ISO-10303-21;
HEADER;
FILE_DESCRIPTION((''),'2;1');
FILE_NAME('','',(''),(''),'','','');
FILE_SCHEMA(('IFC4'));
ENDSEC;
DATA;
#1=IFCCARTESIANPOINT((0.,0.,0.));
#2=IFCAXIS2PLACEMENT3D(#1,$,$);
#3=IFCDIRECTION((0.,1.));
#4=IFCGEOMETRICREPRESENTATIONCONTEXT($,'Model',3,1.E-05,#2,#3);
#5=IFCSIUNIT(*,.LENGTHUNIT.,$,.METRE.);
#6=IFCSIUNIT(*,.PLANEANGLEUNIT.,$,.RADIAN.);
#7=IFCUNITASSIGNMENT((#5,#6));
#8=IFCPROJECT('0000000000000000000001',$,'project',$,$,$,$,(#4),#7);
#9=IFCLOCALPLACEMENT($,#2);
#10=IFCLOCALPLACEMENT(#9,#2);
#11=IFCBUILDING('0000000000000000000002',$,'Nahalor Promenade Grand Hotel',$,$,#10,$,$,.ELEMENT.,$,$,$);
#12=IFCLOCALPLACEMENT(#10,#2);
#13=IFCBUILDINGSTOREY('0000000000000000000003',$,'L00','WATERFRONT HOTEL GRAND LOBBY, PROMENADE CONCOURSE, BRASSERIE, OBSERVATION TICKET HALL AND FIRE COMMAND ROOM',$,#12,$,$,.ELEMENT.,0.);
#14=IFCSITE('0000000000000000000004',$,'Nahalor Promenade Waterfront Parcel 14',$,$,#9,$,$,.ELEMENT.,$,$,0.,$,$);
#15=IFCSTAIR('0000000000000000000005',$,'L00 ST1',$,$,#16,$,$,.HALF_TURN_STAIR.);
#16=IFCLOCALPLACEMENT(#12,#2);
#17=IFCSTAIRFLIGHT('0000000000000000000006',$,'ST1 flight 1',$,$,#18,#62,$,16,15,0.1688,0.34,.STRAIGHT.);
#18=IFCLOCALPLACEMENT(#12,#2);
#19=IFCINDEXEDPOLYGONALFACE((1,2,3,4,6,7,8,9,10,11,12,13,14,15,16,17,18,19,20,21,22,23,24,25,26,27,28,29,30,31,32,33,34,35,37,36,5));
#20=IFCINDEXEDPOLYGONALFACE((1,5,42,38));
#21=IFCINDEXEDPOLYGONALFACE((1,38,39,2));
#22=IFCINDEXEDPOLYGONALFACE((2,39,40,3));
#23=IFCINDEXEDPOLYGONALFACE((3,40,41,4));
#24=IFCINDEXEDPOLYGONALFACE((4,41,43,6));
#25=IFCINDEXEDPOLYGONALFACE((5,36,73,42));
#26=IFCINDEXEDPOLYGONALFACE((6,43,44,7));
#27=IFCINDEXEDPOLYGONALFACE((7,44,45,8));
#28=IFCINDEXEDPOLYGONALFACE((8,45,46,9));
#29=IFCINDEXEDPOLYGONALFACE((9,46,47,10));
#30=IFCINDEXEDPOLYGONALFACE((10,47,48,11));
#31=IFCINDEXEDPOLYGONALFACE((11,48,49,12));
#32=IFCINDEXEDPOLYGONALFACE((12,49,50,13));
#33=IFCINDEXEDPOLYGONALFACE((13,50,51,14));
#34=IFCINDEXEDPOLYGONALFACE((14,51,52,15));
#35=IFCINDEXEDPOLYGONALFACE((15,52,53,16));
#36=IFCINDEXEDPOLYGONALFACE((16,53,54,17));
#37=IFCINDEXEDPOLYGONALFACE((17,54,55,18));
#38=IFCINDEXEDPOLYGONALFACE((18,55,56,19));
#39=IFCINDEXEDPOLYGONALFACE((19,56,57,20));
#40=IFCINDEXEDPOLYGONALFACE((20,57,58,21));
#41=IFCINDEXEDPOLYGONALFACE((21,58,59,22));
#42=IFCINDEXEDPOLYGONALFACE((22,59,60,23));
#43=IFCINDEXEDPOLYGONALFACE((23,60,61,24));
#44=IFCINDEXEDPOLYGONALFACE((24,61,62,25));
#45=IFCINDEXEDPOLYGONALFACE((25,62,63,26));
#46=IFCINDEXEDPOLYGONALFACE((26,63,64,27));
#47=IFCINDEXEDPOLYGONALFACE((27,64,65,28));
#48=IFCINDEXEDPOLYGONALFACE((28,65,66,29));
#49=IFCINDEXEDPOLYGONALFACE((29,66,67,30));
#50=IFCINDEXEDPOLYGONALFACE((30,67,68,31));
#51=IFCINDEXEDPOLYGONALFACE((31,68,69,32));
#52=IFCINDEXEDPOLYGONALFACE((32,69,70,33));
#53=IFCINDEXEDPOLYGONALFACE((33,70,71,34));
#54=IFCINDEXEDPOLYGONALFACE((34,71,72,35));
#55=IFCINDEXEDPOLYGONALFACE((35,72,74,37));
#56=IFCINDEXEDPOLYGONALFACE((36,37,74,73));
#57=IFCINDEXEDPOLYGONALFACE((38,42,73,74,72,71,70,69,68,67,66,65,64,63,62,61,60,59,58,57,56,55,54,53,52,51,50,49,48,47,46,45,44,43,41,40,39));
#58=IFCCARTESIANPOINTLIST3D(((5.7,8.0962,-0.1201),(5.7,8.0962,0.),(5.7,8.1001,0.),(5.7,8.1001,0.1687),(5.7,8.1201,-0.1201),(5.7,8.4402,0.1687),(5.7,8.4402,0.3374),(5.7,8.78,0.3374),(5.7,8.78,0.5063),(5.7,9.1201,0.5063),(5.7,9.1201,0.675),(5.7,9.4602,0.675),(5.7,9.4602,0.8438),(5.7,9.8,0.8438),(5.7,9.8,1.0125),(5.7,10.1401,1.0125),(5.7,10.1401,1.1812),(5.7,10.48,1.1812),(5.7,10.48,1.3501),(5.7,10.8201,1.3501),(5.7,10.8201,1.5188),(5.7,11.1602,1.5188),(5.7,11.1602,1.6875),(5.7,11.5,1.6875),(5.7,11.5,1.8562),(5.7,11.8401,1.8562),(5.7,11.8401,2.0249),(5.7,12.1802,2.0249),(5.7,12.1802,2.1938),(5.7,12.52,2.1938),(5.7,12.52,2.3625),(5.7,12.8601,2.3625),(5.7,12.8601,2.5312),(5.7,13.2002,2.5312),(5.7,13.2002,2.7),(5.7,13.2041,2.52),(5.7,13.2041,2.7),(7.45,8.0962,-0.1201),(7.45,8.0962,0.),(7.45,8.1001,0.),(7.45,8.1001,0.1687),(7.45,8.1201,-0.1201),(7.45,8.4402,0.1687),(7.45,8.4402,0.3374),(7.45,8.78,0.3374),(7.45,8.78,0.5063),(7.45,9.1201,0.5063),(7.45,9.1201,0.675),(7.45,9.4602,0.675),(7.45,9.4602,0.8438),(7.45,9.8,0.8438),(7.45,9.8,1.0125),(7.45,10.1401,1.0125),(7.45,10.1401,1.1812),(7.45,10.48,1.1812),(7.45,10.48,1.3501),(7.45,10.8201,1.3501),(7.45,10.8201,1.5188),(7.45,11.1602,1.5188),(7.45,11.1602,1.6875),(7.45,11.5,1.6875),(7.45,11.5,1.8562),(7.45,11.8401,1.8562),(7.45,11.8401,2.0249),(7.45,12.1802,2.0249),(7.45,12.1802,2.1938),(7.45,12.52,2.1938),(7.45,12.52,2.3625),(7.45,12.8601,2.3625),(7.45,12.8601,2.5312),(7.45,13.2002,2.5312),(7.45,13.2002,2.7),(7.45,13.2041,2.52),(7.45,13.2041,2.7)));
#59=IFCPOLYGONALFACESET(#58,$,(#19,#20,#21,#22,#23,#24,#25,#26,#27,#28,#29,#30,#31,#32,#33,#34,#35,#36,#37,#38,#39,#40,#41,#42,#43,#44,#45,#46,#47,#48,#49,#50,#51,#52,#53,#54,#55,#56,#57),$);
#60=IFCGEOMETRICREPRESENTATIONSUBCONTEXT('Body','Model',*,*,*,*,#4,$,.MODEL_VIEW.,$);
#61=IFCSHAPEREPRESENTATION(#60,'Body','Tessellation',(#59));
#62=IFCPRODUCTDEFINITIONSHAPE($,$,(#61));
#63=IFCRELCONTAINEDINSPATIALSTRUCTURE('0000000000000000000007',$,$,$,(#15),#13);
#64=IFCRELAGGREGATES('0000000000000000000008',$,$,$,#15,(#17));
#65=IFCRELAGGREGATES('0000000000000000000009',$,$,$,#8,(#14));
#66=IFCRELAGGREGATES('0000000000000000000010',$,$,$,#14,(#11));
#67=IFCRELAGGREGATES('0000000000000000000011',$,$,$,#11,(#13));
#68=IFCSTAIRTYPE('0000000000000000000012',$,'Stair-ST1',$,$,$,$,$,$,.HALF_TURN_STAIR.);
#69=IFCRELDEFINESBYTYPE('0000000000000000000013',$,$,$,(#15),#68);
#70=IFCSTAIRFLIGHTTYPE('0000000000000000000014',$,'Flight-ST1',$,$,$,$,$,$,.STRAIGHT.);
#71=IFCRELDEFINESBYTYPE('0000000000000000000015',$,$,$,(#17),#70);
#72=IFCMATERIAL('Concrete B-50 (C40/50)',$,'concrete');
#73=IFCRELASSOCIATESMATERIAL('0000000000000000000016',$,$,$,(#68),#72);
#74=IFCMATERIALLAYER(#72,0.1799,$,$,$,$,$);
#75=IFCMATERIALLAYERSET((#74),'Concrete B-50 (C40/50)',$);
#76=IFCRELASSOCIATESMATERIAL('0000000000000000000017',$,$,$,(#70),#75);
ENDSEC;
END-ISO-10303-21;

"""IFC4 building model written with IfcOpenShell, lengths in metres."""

from ifc_helpers import new_model, si_unit, direction, frame, origin, place, context, subcontext, project, spatial, polyline, outline, extrude, source, transform, mapped, material, layer, layer_set, type_object, element, aggregate, save


model = new_model("IFC4")

# Units and contexts
model_context = context("Model", 3, precision=1e-05, world=origin(), true_north=direction((0.0, 1.0)))
body_context = subcontext(model_context, "Body", "Model", "MODEL_VIEW")
ifc_project = project(units=[si_unit("LENGTHUNIT", "METRE"), si_unit("PLANEANGLEUNIT", "RADIAN")], contexts=[model_context])

# Site, building, storey
site_placement = place(None, origin())
site = spatial("IfcSite", under=ifc_project, at=site_placement, Name="Nahalor Promenade Waterfront Parcel 14", CompositionType="ELEMENT", RefElevation=0.0)
building_placement = place(site_placement, origin())
building = spatial("IfcBuilding", under=site, at=building_placement, Name="Nahalor Promenade Grand Hotel", CompositionType="ELEMENT")
storey_placement = place(building_placement, origin())
storey = spatial("IfcBuildingStorey", under=building, at=storey_placement, Name="L00", Description="WATERFRONT HOTEL GRAND LOBBY, PROMENADE CONCOURSE, BRASSERIE, OBSERVATION TICKET HALL AND FIRE COMMAND ROOM", CompositionType="ELEMENT", Elevation=0.0)

# Shared definitions
ifc_material_1 = material(Name="Concrete B-50 (C40/50)", Category="concrete")

# Stair, stair flight
stair_type = type_object("IfcStairType", Name="Stair-ST1", PredefinedType="HALF_TURN_STAIR", material=ifc_material_1)
stair_placement = place(storey_placement, origin())
stair = element("IfcStair", 1, at=stair_placement, inside=storey, type_object=stair_type, Name="L00 ST1", PredefinedType="HALF_TURN_STAIR")
ifc_layer_1 = layer(ifc_material_1, 0.1799)
ifc_layer_set_1 = layer_set([ifc_layer_1], Name="Concrete B-50 (C40/50)")
stair_flight_type = type_object("IfcStairFlightType", Name="Flight-ST1", PredefinedType="STRAIGHT", material=ifc_layer_set_1)
shared_shape_1 = source(origin(), body_context, "Body", "SweptSolid", [
    extrude(outline(polyline([(-0.0039, -0.1201), (-0.0039, 0.0), (0.0, 0.0), (0.0, 0.1687), (0.3401, 0.1687), (0.3401, 0.3374), (0.6799, 0.3374), (0.6799, 0.5063), (1.02, 0.5063), (1.02, 0.675), (1.3601, 0.675), (1.3601, 0.8438), (1.7, 0.8438), (1.7, 1.0125), (2.04, 1.0125), (2.04, 1.1812), (2.3799, 1.1812), (2.3799, 1.3501), (2.72, 1.3501), (2.72, 1.5188), (3.0601, 1.5188), (3.0601, 1.6875), (3.3999, 1.6875), (3.3999, 1.8562), (3.74, 1.8562), (3.74, 2.0249), (4.0801, 2.0249), (4.0801, 2.1938), (4.4199, 2.1938), (4.4199, 2.3625), (4.76, 2.3625), (4.76, 2.5312), (5.1001, 2.5312), (5.1001, 2.7), (5.104, 2.7), (5.104, 2.52), (0.02, -0.1201), (-0.0039, -0.1201)])), frame((0.0, 0.875, 0.0), z_axis=(0.0, -1.0, 0.0), x_axis=(1.0, 0.0, 0.0)), (0.0, 0.0, 1.0), 1.75),
])
stair_flight_placement = place(storey_placement, frame((6.575, 8.1001, 0.0), z_axis=(0.0, 0.0, 1.0), x_axis=(0.0, 1.0, 0.0)))
stair_flight = element("IfcStairFlight", 2, at=stair_flight_placement, type_object=stair_flight_type, Name="ST1 flight 1", NumberOfRisers=16, NumberOfTreads=15, PredefinedType="STRAIGHT", RiserHeight=0.1688, TreadLength=0.34, context=body_context, shape_type="MappedRepresentation", body=[
    mapped(shared_shape_1, transform((0.0, 0.0, 0.0), scale=1.0)),
])
aggregate(stair, [stair_flight])

save(model, "model.ifc")
